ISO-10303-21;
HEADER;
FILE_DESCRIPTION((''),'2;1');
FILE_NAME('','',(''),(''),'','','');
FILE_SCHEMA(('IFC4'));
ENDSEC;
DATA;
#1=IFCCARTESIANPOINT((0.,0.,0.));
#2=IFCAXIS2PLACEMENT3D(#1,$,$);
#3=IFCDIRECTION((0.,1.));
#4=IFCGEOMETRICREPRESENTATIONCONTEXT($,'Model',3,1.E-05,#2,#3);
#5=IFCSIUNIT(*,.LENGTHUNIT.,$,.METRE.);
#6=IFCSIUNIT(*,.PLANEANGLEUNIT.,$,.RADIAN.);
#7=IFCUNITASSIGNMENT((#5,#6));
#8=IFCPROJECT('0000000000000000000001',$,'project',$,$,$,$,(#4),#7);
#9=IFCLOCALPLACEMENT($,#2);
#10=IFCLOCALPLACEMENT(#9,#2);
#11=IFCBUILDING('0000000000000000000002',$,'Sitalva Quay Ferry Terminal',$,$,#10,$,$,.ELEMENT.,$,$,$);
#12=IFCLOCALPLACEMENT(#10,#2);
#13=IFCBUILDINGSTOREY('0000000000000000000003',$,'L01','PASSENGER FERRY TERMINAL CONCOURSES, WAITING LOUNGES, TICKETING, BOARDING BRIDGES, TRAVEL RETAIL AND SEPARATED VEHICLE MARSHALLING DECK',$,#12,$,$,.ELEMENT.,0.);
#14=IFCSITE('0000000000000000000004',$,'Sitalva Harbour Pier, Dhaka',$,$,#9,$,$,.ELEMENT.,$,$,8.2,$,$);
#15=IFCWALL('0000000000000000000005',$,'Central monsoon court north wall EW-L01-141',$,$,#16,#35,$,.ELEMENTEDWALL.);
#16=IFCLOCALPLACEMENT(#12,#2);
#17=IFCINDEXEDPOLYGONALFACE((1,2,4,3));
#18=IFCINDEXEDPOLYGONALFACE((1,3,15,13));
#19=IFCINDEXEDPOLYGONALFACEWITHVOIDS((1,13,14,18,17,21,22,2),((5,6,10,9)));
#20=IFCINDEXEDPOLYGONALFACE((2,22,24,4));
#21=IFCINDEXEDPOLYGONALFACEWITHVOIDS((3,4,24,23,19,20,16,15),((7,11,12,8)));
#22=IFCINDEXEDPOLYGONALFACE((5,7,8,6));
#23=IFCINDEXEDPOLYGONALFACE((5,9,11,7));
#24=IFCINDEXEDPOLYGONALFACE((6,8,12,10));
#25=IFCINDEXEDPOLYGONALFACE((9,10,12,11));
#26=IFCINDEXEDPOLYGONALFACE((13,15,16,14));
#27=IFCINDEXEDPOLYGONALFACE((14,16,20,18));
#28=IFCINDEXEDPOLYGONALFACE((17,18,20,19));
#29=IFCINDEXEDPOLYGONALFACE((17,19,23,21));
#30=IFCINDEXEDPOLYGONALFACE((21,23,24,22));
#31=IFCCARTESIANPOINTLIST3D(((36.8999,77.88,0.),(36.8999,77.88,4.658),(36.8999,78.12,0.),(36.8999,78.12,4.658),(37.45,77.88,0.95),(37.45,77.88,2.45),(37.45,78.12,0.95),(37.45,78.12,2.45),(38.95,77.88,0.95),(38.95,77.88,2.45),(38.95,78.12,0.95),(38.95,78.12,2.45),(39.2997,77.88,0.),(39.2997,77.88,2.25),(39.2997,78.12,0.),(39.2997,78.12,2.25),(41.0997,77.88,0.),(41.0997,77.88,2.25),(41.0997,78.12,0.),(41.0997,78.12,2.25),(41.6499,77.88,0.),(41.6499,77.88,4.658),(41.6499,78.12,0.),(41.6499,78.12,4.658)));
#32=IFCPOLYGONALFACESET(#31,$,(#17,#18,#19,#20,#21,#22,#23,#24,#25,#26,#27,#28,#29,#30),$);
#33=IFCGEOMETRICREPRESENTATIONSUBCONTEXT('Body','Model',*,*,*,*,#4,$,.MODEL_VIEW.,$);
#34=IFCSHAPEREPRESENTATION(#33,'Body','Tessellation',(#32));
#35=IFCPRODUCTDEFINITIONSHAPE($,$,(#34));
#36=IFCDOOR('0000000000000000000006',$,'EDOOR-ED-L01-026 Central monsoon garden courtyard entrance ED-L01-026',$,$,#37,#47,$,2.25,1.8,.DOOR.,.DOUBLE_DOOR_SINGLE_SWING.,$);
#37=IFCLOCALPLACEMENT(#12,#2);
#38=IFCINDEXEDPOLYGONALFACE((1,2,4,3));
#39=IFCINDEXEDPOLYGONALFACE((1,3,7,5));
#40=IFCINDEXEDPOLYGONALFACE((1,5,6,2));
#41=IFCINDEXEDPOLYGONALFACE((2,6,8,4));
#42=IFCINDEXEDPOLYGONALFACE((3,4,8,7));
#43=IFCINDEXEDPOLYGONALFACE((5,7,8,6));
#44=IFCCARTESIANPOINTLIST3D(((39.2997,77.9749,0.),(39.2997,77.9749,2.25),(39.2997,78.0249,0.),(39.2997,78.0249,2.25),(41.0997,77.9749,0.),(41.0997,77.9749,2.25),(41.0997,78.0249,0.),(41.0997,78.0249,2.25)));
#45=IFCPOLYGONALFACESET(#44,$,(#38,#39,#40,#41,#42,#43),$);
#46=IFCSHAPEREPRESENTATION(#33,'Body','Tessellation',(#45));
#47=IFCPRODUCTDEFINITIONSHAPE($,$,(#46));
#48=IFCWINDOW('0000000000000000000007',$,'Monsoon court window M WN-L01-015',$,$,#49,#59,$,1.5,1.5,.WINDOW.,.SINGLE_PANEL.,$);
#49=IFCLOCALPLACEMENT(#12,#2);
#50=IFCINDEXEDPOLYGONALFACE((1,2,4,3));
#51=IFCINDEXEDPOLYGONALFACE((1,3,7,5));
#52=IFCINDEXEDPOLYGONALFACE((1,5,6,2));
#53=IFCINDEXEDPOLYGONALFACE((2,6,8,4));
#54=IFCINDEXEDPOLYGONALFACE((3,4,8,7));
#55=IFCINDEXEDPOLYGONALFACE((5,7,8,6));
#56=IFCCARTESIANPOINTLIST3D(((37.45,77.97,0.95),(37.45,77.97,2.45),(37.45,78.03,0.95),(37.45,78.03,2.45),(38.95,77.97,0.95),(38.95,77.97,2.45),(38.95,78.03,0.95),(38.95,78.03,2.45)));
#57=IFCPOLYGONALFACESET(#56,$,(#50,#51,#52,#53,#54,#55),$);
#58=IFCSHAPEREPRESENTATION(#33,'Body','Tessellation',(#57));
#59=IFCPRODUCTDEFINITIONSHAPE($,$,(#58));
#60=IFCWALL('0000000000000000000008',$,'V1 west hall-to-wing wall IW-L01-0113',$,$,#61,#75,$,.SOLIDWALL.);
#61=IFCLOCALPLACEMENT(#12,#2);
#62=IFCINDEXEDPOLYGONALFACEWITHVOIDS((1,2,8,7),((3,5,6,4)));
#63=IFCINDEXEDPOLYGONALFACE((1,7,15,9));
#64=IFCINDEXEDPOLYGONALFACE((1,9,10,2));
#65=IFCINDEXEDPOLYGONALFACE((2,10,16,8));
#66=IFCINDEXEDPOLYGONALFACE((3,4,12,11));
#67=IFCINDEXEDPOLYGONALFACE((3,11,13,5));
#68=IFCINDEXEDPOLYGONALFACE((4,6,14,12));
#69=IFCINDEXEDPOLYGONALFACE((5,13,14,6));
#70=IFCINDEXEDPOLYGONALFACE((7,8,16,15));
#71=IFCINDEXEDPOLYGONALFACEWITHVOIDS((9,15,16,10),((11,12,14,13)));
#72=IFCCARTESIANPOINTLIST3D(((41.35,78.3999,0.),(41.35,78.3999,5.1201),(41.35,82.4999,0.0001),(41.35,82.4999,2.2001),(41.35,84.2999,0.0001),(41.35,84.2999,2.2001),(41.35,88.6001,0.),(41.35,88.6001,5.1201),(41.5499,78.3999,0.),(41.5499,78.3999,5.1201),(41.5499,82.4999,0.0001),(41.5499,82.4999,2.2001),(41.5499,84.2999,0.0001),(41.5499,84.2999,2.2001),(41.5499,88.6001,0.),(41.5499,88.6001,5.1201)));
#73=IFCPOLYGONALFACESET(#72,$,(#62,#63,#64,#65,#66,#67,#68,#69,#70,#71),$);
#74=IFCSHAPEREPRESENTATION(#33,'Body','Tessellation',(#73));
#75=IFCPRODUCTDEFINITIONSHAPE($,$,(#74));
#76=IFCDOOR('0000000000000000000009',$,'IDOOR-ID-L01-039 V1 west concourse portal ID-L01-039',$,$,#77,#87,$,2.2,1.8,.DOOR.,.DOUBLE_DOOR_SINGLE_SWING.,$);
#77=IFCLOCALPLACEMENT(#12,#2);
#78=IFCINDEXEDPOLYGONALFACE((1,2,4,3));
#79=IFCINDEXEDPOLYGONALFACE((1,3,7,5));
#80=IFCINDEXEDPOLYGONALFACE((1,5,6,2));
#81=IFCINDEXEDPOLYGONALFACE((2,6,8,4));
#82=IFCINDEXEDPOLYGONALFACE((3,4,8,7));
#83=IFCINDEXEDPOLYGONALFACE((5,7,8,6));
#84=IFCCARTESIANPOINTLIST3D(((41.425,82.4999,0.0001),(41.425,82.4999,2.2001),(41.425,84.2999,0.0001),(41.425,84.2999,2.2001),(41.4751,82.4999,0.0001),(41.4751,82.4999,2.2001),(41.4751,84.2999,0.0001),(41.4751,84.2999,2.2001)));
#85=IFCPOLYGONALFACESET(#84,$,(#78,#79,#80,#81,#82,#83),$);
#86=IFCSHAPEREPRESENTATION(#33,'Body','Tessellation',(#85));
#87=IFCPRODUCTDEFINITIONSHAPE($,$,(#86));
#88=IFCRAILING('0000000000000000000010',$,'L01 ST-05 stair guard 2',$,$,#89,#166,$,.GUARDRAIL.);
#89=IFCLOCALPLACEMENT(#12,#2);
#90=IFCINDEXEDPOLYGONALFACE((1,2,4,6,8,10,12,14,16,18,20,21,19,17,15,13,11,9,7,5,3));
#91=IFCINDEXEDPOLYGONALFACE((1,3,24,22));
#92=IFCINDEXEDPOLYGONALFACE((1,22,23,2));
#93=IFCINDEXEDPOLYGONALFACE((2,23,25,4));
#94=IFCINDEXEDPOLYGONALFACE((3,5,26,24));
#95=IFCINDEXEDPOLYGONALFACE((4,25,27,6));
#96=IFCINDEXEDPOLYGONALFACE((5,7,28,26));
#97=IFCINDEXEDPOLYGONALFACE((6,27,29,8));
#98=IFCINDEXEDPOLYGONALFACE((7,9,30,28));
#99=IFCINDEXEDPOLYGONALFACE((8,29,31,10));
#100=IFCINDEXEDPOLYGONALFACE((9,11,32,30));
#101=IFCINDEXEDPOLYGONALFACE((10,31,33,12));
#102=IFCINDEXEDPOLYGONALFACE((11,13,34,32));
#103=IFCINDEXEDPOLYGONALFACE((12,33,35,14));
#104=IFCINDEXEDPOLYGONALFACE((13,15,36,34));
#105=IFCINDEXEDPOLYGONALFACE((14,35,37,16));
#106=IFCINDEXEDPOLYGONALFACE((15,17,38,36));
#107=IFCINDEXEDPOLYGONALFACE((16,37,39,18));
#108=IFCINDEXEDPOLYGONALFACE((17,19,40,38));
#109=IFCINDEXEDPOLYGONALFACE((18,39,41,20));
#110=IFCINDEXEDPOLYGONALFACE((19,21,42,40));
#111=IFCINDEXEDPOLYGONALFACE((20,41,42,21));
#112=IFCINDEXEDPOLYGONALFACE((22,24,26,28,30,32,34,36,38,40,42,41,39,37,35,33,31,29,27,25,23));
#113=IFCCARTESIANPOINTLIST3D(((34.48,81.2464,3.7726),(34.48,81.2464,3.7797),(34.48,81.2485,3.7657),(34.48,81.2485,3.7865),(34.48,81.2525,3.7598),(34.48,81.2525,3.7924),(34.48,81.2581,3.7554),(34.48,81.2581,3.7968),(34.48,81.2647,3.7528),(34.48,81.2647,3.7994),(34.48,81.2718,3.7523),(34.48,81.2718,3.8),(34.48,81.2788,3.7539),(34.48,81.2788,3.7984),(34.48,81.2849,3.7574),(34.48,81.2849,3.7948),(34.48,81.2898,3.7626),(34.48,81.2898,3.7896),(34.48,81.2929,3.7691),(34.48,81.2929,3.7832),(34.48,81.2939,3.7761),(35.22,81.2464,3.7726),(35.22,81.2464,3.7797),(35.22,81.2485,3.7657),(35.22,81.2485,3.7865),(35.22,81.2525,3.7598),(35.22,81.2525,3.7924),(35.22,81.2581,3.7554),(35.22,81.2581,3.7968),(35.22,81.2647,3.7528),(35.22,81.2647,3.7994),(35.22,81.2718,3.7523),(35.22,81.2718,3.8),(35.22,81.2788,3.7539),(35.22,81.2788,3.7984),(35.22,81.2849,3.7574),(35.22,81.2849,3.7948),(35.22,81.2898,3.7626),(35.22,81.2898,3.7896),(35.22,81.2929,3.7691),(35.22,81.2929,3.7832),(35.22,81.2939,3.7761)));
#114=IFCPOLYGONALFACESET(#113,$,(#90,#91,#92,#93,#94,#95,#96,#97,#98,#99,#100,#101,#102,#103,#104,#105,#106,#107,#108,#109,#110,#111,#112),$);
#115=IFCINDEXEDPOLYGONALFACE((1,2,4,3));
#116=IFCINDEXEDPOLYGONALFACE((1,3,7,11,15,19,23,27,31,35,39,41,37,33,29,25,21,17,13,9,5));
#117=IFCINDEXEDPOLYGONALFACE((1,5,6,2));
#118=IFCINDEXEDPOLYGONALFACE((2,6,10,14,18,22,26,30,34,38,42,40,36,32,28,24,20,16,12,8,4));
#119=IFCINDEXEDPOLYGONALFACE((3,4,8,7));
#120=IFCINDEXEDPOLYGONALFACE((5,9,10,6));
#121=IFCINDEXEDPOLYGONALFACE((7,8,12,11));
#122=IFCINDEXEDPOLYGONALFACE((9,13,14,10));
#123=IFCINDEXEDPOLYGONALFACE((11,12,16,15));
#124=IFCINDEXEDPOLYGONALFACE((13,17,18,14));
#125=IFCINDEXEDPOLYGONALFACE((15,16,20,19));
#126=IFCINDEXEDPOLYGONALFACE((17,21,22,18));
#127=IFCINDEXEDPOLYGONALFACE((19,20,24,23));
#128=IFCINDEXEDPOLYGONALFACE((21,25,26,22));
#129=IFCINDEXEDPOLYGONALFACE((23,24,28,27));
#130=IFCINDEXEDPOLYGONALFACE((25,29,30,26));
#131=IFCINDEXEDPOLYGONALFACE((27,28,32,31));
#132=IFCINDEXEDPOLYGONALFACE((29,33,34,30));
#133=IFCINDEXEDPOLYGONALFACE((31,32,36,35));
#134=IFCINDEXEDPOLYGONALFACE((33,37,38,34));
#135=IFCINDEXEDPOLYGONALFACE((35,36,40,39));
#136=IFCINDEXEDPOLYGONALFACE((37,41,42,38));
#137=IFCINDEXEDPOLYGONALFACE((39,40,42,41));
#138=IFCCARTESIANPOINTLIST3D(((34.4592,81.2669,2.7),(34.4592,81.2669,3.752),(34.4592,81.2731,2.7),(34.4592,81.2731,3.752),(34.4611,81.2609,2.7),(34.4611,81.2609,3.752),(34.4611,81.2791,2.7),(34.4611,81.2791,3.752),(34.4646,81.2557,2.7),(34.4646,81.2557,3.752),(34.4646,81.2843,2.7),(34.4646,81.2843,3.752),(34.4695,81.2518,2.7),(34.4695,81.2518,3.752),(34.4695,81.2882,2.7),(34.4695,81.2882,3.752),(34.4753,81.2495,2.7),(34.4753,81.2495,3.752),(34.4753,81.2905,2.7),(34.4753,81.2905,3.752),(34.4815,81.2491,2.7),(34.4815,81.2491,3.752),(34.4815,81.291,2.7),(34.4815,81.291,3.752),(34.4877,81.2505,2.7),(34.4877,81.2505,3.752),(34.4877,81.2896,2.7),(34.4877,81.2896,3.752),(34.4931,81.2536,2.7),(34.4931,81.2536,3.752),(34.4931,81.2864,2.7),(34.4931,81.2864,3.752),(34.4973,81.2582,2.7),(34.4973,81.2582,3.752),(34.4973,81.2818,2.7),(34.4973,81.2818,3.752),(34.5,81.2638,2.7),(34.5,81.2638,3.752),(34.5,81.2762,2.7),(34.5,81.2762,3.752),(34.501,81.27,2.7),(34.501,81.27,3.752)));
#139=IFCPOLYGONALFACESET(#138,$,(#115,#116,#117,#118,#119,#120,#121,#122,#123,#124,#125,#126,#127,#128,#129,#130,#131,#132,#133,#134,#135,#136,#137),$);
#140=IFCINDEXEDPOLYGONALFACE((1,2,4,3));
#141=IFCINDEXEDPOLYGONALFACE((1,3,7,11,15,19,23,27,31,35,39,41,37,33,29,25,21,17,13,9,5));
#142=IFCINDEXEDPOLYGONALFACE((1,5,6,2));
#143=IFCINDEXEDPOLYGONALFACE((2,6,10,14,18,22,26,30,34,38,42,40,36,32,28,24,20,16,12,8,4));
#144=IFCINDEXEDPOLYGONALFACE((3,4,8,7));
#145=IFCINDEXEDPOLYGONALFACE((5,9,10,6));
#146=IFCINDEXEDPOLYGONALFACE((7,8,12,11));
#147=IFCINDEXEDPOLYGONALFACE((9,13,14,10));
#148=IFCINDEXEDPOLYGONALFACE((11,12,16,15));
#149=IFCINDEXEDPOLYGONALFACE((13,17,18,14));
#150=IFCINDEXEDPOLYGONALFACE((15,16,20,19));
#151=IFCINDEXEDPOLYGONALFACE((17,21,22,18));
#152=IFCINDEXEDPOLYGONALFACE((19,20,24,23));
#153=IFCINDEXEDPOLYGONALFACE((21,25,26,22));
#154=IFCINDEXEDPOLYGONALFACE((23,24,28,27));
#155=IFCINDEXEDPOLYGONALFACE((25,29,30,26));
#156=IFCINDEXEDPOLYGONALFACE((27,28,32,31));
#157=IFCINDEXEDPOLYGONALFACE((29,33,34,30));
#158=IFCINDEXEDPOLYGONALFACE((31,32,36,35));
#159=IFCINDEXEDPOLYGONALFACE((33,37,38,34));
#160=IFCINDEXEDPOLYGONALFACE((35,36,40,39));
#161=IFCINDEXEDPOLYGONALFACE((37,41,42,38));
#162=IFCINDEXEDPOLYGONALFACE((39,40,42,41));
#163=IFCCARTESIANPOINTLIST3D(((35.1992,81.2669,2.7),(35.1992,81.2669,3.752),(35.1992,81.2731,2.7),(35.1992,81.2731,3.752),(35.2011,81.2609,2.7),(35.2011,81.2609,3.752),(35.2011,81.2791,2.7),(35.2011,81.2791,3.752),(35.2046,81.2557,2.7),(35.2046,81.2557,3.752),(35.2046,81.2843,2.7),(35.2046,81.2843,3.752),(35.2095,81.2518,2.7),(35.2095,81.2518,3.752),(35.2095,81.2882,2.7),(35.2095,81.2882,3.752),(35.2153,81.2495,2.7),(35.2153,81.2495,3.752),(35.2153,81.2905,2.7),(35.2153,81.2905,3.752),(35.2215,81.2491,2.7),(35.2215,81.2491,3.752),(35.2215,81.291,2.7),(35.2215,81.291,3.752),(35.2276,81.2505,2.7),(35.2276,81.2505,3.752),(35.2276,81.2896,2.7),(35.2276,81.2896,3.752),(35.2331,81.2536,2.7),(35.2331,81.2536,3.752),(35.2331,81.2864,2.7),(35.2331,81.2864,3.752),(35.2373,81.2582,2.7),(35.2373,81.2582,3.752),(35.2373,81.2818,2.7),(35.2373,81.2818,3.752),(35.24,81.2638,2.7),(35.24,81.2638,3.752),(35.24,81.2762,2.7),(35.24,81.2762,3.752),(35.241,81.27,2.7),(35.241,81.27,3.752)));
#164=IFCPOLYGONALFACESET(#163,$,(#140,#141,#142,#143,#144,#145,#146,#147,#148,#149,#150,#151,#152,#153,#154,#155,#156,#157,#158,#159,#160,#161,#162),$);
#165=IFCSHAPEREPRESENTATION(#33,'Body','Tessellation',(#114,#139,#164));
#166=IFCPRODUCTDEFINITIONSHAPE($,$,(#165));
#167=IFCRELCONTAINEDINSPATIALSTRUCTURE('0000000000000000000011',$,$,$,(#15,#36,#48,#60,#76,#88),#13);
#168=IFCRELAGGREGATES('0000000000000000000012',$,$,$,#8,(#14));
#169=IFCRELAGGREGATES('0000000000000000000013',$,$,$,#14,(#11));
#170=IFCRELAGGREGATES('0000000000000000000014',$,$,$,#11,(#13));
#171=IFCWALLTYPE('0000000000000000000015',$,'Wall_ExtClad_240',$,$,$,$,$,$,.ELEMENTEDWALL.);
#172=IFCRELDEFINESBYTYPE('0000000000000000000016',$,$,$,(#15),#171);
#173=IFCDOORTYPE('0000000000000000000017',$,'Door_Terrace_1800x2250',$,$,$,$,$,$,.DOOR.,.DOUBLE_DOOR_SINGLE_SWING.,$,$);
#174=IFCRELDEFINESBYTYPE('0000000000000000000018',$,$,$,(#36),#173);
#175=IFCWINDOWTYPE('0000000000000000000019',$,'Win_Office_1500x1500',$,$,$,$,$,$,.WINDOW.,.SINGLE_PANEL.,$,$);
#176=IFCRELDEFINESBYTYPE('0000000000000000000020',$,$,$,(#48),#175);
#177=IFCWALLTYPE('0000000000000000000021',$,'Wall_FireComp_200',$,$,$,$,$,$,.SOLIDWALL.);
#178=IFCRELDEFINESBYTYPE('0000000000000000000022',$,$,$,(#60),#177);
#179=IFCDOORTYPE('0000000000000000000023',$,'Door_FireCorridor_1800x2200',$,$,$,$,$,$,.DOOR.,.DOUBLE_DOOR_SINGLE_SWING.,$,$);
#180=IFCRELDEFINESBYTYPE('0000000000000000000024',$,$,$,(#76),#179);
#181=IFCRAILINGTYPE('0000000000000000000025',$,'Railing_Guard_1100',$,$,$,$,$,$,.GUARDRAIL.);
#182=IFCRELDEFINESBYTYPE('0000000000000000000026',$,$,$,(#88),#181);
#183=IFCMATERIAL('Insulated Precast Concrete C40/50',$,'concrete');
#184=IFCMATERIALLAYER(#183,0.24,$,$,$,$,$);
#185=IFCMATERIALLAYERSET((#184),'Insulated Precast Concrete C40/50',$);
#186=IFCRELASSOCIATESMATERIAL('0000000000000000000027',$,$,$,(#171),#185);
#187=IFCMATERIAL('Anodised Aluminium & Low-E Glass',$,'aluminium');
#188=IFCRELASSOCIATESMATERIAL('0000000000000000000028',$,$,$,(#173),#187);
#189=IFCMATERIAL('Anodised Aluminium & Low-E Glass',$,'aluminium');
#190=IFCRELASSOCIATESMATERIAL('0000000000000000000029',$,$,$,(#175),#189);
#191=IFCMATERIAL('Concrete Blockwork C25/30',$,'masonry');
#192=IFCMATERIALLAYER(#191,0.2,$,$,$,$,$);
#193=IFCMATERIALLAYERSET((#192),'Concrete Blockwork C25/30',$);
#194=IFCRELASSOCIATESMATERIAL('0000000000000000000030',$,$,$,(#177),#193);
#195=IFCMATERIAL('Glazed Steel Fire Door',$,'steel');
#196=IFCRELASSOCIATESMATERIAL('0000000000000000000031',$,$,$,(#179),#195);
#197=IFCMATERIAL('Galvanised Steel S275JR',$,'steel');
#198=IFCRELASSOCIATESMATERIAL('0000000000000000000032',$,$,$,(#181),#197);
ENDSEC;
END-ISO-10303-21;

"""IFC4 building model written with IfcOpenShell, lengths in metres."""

from ifc_helpers import new_model, si_unit, direction, frame, frame_2d, origin, origin_2d, place, context, subcontext, project, spatial, rectangle, circle, extrude, material, layer, layer_set, type_object, element, fill, save


model = new_model("IFC4")

# Units and contexts
model_context = context("Model", 3, precision=1e-05, world=origin(), true_north=direction((0.0, 1.0)))
body_context = subcontext(model_context, "Body", "Model", "MODEL_VIEW")
ifc_project = project(units=[si_unit("LENGTHUNIT", "METRE"), si_unit("PLANEANGLEUNIT", "RADIAN")], contexts=[model_context])

# Site, building, storey
site_placement = place(None, origin())
site = spatial("IfcSite", under=ifc_project, at=site_placement, Name="Sitalva Harbour Pier, Dhaka", CompositionType="ELEMENT", RefElevation=8.2)
building_placement = place(site_placement, origin())
building = spatial("IfcBuilding", under=site, at=building_placement, Name="Sitalva Quay Ferry Terminal", CompositionType="ELEMENT")
storey_placement = place(building_placement, origin())
storey = spatial("IfcBuildingStorey", under=building, at=storey_placement, Name="L01", Description="PASSENGER FERRY TERMINAL CONCOURSES, WAITING LOUNGES, TICKETING, BOARDING BRIDGES, TRAVEL RETAIL AND SEPARATED VEHICLE MARSHALLING DECK", CompositionType="ELEMENT", Elevation=0.0)

# Wall, openings, door, window
ifc_material_1 = material(Name="Insulated Precast Concrete C40/50", Category="concrete")
ifc_layer_1 = layer(ifc_material_1, 0.24)
ifc_layer_set_1 = layer_set([ifc_layer_1], Name="Insulated Precast Concrete C40/50")
wall_type_1 = type_object("IfcWallType", Name="Wall_ExtClad_240", PredefinedType="ELEMENTEDWALL", material=ifc_layer_set_1)
wall_1_placement = place(storey_placement, frame((36.8999, 78.0, 0.0), z_axis=(0.0, 0.0, 1.0), x_axis=(1.0, 0.0, 0.0)))
wall_1 = element("IfcWall", 1, at=wall_1_placement, inside=storey, type_object=wall_type_1, Name="Central monsoon court north wall EW-L01-141", PredefinedType="ELEMENTEDWALL", context=body_context, shape_type="SweptSolid", body=[
    extrude(rectangle(XDim=4.75, YDim=0.24, at=frame_2d((2.375, 0.0))), origin(), (0.0, 0.0, 1.0), 4.658),
])
opening_1_placement = place(wall_1_placement, frame((2.3999, 0.0, 0.0)))
opening_1 = element("IfcOpeningElement", 2, at=opening_1_placement, cuts=wall_1, PredefinedType="OPENING", context=body_context, shape_type="SweptSolid", body=[
    extrude(rectangle(XDim=1.8, YDim=2.25, at=frame_2d((0.8999, 1.125))), frame((0.0, 0.1299, 0.0), z_axis=(0.0, -1.0, 0.0), x_axis=(1.0, 0.0, 0.0)), (0.0, 0.0, 1.0), 0.26),
])
opening_2_placement = place(wall_1_placement, frame((0.55, 0.0, 0.95)))
opening_2 = element("IfcOpeningElement", 3, at=opening_2_placement, cuts=wall_1, PredefinedType="OPENING", context=body_context, shape_type="SweptSolid", body=[
    extrude(rectangle(XDim=1.5, YDim=1.5, at=frame_2d((0.75, 0.75))), frame((0.0, 0.1299, 0.0), z_axis=(0.0, -1.0, 0.0), x_axis=(1.0, 0.0, 0.0)), (0.0, 0.0, 1.0), 0.26),
])
ifc_material_2 = material(Name="Anodised Aluminium & Low-E Glass", Category="aluminium")
door_type_1 = type_object("IfcDoorType", Name="Door_Terrace_1800x2250", OperationType="DOUBLE_DOOR_SINGLE_SWING", PredefinedType="DOOR", material=ifc_material_2)
door_1_placement = place(opening_1_placement, origin())
door_1 = element("IfcDoor", 4, at=door_1_placement, inside=storey, type_object=door_type_1, Name="EDOOR-ED-L01-026 Central monsoon garden courtyard entrance ED-L01-026", OperationType="DOUBLE_DOOR_SINGLE_SWING", OverallHeight=2.25, OverallWidth=1.8, PredefinedType="DOOR", context=body_context, shape_type="SweptSolid", body=[
    extrude(rectangle(XDim=1.8, YDim=2.25, at=frame_2d((0.8999, 1.125))), frame((0.0, 0.0249, 0.0), z_axis=(0.0, -1.0, 0.0), x_axis=(1.0, 0.0, 0.0)), (0.0, 0.0, 1.0), 0.05),
])
fill(opening_1, door_1)
ifc_material_3 = material(Name="Anodised Aluminium & Low-E Glass", Category="aluminium")
window_type = type_object("IfcWindowType", Name="Win_Office_1500x1500", PartitioningType="SINGLE_PANEL", PredefinedType="WINDOW", material=ifc_material_3)
window_placement = place(opening_2_placement, origin())
window = element("IfcWindow", 5, at=window_placement, inside=storey, type_object=window_type, Name="Monsoon court window M WN-L01-015", OverallHeight=1.5, OverallWidth=1.5, PartitioningType="SINGLE_PANEL", PredefinedType="WINDOW", context=body_context, shape_type="SweptSolid", body=[
    extrude(rectangle(XDim=1.5, YDim=1.5, at=frame_2d((0.75, 0.75))), frame((0.0, 0.03, 0.0), z_axis=(0.0, -1.0, 0.0), x_axis=(1.0, 0.0, 0.0)), (0.0, 0.0, 1.0), 0.0601),
])
fill(opening_2, window)

# Wall, opening, door
ifc_material_4 = material(Name="Concrete Blockwork C25/30", Category="masonry")
ifc_layer_2 = layer(ifc_material_4, 0.2)
ifc_layer_set_2 = layer_set([ifc_layer_2], Name="Concrete Blockwork C25/30")
wall_type_2 = type_object("IfcWallType", Name="Wall_FireComp_200", PredefinedType="SOLIDWALL", material=ifc_layer_set_2)
wall_2_placement = place(storey_placement, frame((41.45, 78.3999, 0.0), z_axis=(0.0, 0.0, 1.0), x_axis=(0.0, 1.0, 0.0)))
wall_2 = element("IfcWall", 6, at=wall_2_placement, inside=storey, type_object=wall_type_2, Name="V1 west hall-to-wing wall IW-L01-0113", PredefinedType="SOLIDWALL", context=body_context, shape_type="SweptSolid", body=[
    extrude(rectangle(XDim=10.2002, YDim=0.2, at=frame_2d((5.1001, 0.0))), origin(), (0.0, 0.0, 1.0), 5.1201),
])
opening_3_placement = place(wall_2_placement, frame((4.1001, 0.0, 0.0)))
opening_3 = element("IfcOpeningElement", 7, at=opening_3_placement, cuts=wall_2, PredefinedType="OPENING", context=body_context, shape_type="SweptSolid", body=[
    extrude(rectangle(XDim=1.8, YDim=2.2, at=frame_2d((0.8999, 1.1001))), frame((0.0, 0.1099, 0.0), z_axis=(0.0, -1.0, 0.0), x_axis=(1.0, 0.0, 0.0)), (0.0, 0.0, 1.0), 0.22),
])
ifc_material_5 = material(Name="Glazed Steel Fire Door", Category="steel")
door_type_2 = type_object("IfcDoorType", Name="Door_FireCorridor_1800x2200", OperationType="DOUBLE_DOOR_SINGLE_SWING", PredefinedType="DOOR", material=ifc_material_5)
door_2_placement = place(opening_3_placement, origin())
door_2 = element("IfcDoor", 8, at=door_2_placement, inside=storey, type_object=door_type_2, Name="IDOOR-ID-L01-039 V1 west concourse portal ID-L01-039", OperationType="DOUBLE_DOOR_SINGLE_SWING", OverallHeight=2.2, OverallWidth=1.8, PredefinedType="DOOR", context=body_context, shape_type="SweptSolid", body=[
    extrude(rectangle(XDim=1.8, YDim=2.2, at=frame_2d((0.8999, 1.1001))), frame((0.0, 0.0249, 0.0), z_axis=(0.0, -1.0, 0.0), x_axis=(1.0, 0.0, 0.0)), (0.0, 0.0, 1.0), 0.05),
])
fill(opening_3, door_2)

# Railing
ifc_material_6 = material(Name="Galvanised Steel S275JR", Category="steel")
railing_type = type_object("IfcRailingType", Name="Railing_Guard_1100", PredefinedType="GUARDRAIL", material=ifc_material_6)
railing_1_placement = place(storey_placement, frame((34.48, 81.27, 2.7)))
element("IfcRailing", 9, at=railing_1_placement, inside=storey, type_object=railing_type, Name="L01 ST-05 stair guard 2", PredefinedType="GUARDRAIL", context=body_context, shape_type="SweptSolid", body=[
    extrude(circle(Radius=0.0239, at=origin_2d()), frame((0.0, 0.0, 1.0762), z_axis=(1.0, 0.0, 0.0), x_axis=(0.0, 1.0, 0.0)), (0.0, 0.0, 1.0), 0.74),
    extrude(circle(Radius=0.021, at=origin_2d()), origin(), (0.0, 0.0, 1.0), 1.052),
    extrude(circle(Radius=0.021, at=origin_2d()), frame((0.74, 0.0, 0.0)), (0.0, 0.0, 1.0), 1.052),
])

save(model, "model.ifc")
